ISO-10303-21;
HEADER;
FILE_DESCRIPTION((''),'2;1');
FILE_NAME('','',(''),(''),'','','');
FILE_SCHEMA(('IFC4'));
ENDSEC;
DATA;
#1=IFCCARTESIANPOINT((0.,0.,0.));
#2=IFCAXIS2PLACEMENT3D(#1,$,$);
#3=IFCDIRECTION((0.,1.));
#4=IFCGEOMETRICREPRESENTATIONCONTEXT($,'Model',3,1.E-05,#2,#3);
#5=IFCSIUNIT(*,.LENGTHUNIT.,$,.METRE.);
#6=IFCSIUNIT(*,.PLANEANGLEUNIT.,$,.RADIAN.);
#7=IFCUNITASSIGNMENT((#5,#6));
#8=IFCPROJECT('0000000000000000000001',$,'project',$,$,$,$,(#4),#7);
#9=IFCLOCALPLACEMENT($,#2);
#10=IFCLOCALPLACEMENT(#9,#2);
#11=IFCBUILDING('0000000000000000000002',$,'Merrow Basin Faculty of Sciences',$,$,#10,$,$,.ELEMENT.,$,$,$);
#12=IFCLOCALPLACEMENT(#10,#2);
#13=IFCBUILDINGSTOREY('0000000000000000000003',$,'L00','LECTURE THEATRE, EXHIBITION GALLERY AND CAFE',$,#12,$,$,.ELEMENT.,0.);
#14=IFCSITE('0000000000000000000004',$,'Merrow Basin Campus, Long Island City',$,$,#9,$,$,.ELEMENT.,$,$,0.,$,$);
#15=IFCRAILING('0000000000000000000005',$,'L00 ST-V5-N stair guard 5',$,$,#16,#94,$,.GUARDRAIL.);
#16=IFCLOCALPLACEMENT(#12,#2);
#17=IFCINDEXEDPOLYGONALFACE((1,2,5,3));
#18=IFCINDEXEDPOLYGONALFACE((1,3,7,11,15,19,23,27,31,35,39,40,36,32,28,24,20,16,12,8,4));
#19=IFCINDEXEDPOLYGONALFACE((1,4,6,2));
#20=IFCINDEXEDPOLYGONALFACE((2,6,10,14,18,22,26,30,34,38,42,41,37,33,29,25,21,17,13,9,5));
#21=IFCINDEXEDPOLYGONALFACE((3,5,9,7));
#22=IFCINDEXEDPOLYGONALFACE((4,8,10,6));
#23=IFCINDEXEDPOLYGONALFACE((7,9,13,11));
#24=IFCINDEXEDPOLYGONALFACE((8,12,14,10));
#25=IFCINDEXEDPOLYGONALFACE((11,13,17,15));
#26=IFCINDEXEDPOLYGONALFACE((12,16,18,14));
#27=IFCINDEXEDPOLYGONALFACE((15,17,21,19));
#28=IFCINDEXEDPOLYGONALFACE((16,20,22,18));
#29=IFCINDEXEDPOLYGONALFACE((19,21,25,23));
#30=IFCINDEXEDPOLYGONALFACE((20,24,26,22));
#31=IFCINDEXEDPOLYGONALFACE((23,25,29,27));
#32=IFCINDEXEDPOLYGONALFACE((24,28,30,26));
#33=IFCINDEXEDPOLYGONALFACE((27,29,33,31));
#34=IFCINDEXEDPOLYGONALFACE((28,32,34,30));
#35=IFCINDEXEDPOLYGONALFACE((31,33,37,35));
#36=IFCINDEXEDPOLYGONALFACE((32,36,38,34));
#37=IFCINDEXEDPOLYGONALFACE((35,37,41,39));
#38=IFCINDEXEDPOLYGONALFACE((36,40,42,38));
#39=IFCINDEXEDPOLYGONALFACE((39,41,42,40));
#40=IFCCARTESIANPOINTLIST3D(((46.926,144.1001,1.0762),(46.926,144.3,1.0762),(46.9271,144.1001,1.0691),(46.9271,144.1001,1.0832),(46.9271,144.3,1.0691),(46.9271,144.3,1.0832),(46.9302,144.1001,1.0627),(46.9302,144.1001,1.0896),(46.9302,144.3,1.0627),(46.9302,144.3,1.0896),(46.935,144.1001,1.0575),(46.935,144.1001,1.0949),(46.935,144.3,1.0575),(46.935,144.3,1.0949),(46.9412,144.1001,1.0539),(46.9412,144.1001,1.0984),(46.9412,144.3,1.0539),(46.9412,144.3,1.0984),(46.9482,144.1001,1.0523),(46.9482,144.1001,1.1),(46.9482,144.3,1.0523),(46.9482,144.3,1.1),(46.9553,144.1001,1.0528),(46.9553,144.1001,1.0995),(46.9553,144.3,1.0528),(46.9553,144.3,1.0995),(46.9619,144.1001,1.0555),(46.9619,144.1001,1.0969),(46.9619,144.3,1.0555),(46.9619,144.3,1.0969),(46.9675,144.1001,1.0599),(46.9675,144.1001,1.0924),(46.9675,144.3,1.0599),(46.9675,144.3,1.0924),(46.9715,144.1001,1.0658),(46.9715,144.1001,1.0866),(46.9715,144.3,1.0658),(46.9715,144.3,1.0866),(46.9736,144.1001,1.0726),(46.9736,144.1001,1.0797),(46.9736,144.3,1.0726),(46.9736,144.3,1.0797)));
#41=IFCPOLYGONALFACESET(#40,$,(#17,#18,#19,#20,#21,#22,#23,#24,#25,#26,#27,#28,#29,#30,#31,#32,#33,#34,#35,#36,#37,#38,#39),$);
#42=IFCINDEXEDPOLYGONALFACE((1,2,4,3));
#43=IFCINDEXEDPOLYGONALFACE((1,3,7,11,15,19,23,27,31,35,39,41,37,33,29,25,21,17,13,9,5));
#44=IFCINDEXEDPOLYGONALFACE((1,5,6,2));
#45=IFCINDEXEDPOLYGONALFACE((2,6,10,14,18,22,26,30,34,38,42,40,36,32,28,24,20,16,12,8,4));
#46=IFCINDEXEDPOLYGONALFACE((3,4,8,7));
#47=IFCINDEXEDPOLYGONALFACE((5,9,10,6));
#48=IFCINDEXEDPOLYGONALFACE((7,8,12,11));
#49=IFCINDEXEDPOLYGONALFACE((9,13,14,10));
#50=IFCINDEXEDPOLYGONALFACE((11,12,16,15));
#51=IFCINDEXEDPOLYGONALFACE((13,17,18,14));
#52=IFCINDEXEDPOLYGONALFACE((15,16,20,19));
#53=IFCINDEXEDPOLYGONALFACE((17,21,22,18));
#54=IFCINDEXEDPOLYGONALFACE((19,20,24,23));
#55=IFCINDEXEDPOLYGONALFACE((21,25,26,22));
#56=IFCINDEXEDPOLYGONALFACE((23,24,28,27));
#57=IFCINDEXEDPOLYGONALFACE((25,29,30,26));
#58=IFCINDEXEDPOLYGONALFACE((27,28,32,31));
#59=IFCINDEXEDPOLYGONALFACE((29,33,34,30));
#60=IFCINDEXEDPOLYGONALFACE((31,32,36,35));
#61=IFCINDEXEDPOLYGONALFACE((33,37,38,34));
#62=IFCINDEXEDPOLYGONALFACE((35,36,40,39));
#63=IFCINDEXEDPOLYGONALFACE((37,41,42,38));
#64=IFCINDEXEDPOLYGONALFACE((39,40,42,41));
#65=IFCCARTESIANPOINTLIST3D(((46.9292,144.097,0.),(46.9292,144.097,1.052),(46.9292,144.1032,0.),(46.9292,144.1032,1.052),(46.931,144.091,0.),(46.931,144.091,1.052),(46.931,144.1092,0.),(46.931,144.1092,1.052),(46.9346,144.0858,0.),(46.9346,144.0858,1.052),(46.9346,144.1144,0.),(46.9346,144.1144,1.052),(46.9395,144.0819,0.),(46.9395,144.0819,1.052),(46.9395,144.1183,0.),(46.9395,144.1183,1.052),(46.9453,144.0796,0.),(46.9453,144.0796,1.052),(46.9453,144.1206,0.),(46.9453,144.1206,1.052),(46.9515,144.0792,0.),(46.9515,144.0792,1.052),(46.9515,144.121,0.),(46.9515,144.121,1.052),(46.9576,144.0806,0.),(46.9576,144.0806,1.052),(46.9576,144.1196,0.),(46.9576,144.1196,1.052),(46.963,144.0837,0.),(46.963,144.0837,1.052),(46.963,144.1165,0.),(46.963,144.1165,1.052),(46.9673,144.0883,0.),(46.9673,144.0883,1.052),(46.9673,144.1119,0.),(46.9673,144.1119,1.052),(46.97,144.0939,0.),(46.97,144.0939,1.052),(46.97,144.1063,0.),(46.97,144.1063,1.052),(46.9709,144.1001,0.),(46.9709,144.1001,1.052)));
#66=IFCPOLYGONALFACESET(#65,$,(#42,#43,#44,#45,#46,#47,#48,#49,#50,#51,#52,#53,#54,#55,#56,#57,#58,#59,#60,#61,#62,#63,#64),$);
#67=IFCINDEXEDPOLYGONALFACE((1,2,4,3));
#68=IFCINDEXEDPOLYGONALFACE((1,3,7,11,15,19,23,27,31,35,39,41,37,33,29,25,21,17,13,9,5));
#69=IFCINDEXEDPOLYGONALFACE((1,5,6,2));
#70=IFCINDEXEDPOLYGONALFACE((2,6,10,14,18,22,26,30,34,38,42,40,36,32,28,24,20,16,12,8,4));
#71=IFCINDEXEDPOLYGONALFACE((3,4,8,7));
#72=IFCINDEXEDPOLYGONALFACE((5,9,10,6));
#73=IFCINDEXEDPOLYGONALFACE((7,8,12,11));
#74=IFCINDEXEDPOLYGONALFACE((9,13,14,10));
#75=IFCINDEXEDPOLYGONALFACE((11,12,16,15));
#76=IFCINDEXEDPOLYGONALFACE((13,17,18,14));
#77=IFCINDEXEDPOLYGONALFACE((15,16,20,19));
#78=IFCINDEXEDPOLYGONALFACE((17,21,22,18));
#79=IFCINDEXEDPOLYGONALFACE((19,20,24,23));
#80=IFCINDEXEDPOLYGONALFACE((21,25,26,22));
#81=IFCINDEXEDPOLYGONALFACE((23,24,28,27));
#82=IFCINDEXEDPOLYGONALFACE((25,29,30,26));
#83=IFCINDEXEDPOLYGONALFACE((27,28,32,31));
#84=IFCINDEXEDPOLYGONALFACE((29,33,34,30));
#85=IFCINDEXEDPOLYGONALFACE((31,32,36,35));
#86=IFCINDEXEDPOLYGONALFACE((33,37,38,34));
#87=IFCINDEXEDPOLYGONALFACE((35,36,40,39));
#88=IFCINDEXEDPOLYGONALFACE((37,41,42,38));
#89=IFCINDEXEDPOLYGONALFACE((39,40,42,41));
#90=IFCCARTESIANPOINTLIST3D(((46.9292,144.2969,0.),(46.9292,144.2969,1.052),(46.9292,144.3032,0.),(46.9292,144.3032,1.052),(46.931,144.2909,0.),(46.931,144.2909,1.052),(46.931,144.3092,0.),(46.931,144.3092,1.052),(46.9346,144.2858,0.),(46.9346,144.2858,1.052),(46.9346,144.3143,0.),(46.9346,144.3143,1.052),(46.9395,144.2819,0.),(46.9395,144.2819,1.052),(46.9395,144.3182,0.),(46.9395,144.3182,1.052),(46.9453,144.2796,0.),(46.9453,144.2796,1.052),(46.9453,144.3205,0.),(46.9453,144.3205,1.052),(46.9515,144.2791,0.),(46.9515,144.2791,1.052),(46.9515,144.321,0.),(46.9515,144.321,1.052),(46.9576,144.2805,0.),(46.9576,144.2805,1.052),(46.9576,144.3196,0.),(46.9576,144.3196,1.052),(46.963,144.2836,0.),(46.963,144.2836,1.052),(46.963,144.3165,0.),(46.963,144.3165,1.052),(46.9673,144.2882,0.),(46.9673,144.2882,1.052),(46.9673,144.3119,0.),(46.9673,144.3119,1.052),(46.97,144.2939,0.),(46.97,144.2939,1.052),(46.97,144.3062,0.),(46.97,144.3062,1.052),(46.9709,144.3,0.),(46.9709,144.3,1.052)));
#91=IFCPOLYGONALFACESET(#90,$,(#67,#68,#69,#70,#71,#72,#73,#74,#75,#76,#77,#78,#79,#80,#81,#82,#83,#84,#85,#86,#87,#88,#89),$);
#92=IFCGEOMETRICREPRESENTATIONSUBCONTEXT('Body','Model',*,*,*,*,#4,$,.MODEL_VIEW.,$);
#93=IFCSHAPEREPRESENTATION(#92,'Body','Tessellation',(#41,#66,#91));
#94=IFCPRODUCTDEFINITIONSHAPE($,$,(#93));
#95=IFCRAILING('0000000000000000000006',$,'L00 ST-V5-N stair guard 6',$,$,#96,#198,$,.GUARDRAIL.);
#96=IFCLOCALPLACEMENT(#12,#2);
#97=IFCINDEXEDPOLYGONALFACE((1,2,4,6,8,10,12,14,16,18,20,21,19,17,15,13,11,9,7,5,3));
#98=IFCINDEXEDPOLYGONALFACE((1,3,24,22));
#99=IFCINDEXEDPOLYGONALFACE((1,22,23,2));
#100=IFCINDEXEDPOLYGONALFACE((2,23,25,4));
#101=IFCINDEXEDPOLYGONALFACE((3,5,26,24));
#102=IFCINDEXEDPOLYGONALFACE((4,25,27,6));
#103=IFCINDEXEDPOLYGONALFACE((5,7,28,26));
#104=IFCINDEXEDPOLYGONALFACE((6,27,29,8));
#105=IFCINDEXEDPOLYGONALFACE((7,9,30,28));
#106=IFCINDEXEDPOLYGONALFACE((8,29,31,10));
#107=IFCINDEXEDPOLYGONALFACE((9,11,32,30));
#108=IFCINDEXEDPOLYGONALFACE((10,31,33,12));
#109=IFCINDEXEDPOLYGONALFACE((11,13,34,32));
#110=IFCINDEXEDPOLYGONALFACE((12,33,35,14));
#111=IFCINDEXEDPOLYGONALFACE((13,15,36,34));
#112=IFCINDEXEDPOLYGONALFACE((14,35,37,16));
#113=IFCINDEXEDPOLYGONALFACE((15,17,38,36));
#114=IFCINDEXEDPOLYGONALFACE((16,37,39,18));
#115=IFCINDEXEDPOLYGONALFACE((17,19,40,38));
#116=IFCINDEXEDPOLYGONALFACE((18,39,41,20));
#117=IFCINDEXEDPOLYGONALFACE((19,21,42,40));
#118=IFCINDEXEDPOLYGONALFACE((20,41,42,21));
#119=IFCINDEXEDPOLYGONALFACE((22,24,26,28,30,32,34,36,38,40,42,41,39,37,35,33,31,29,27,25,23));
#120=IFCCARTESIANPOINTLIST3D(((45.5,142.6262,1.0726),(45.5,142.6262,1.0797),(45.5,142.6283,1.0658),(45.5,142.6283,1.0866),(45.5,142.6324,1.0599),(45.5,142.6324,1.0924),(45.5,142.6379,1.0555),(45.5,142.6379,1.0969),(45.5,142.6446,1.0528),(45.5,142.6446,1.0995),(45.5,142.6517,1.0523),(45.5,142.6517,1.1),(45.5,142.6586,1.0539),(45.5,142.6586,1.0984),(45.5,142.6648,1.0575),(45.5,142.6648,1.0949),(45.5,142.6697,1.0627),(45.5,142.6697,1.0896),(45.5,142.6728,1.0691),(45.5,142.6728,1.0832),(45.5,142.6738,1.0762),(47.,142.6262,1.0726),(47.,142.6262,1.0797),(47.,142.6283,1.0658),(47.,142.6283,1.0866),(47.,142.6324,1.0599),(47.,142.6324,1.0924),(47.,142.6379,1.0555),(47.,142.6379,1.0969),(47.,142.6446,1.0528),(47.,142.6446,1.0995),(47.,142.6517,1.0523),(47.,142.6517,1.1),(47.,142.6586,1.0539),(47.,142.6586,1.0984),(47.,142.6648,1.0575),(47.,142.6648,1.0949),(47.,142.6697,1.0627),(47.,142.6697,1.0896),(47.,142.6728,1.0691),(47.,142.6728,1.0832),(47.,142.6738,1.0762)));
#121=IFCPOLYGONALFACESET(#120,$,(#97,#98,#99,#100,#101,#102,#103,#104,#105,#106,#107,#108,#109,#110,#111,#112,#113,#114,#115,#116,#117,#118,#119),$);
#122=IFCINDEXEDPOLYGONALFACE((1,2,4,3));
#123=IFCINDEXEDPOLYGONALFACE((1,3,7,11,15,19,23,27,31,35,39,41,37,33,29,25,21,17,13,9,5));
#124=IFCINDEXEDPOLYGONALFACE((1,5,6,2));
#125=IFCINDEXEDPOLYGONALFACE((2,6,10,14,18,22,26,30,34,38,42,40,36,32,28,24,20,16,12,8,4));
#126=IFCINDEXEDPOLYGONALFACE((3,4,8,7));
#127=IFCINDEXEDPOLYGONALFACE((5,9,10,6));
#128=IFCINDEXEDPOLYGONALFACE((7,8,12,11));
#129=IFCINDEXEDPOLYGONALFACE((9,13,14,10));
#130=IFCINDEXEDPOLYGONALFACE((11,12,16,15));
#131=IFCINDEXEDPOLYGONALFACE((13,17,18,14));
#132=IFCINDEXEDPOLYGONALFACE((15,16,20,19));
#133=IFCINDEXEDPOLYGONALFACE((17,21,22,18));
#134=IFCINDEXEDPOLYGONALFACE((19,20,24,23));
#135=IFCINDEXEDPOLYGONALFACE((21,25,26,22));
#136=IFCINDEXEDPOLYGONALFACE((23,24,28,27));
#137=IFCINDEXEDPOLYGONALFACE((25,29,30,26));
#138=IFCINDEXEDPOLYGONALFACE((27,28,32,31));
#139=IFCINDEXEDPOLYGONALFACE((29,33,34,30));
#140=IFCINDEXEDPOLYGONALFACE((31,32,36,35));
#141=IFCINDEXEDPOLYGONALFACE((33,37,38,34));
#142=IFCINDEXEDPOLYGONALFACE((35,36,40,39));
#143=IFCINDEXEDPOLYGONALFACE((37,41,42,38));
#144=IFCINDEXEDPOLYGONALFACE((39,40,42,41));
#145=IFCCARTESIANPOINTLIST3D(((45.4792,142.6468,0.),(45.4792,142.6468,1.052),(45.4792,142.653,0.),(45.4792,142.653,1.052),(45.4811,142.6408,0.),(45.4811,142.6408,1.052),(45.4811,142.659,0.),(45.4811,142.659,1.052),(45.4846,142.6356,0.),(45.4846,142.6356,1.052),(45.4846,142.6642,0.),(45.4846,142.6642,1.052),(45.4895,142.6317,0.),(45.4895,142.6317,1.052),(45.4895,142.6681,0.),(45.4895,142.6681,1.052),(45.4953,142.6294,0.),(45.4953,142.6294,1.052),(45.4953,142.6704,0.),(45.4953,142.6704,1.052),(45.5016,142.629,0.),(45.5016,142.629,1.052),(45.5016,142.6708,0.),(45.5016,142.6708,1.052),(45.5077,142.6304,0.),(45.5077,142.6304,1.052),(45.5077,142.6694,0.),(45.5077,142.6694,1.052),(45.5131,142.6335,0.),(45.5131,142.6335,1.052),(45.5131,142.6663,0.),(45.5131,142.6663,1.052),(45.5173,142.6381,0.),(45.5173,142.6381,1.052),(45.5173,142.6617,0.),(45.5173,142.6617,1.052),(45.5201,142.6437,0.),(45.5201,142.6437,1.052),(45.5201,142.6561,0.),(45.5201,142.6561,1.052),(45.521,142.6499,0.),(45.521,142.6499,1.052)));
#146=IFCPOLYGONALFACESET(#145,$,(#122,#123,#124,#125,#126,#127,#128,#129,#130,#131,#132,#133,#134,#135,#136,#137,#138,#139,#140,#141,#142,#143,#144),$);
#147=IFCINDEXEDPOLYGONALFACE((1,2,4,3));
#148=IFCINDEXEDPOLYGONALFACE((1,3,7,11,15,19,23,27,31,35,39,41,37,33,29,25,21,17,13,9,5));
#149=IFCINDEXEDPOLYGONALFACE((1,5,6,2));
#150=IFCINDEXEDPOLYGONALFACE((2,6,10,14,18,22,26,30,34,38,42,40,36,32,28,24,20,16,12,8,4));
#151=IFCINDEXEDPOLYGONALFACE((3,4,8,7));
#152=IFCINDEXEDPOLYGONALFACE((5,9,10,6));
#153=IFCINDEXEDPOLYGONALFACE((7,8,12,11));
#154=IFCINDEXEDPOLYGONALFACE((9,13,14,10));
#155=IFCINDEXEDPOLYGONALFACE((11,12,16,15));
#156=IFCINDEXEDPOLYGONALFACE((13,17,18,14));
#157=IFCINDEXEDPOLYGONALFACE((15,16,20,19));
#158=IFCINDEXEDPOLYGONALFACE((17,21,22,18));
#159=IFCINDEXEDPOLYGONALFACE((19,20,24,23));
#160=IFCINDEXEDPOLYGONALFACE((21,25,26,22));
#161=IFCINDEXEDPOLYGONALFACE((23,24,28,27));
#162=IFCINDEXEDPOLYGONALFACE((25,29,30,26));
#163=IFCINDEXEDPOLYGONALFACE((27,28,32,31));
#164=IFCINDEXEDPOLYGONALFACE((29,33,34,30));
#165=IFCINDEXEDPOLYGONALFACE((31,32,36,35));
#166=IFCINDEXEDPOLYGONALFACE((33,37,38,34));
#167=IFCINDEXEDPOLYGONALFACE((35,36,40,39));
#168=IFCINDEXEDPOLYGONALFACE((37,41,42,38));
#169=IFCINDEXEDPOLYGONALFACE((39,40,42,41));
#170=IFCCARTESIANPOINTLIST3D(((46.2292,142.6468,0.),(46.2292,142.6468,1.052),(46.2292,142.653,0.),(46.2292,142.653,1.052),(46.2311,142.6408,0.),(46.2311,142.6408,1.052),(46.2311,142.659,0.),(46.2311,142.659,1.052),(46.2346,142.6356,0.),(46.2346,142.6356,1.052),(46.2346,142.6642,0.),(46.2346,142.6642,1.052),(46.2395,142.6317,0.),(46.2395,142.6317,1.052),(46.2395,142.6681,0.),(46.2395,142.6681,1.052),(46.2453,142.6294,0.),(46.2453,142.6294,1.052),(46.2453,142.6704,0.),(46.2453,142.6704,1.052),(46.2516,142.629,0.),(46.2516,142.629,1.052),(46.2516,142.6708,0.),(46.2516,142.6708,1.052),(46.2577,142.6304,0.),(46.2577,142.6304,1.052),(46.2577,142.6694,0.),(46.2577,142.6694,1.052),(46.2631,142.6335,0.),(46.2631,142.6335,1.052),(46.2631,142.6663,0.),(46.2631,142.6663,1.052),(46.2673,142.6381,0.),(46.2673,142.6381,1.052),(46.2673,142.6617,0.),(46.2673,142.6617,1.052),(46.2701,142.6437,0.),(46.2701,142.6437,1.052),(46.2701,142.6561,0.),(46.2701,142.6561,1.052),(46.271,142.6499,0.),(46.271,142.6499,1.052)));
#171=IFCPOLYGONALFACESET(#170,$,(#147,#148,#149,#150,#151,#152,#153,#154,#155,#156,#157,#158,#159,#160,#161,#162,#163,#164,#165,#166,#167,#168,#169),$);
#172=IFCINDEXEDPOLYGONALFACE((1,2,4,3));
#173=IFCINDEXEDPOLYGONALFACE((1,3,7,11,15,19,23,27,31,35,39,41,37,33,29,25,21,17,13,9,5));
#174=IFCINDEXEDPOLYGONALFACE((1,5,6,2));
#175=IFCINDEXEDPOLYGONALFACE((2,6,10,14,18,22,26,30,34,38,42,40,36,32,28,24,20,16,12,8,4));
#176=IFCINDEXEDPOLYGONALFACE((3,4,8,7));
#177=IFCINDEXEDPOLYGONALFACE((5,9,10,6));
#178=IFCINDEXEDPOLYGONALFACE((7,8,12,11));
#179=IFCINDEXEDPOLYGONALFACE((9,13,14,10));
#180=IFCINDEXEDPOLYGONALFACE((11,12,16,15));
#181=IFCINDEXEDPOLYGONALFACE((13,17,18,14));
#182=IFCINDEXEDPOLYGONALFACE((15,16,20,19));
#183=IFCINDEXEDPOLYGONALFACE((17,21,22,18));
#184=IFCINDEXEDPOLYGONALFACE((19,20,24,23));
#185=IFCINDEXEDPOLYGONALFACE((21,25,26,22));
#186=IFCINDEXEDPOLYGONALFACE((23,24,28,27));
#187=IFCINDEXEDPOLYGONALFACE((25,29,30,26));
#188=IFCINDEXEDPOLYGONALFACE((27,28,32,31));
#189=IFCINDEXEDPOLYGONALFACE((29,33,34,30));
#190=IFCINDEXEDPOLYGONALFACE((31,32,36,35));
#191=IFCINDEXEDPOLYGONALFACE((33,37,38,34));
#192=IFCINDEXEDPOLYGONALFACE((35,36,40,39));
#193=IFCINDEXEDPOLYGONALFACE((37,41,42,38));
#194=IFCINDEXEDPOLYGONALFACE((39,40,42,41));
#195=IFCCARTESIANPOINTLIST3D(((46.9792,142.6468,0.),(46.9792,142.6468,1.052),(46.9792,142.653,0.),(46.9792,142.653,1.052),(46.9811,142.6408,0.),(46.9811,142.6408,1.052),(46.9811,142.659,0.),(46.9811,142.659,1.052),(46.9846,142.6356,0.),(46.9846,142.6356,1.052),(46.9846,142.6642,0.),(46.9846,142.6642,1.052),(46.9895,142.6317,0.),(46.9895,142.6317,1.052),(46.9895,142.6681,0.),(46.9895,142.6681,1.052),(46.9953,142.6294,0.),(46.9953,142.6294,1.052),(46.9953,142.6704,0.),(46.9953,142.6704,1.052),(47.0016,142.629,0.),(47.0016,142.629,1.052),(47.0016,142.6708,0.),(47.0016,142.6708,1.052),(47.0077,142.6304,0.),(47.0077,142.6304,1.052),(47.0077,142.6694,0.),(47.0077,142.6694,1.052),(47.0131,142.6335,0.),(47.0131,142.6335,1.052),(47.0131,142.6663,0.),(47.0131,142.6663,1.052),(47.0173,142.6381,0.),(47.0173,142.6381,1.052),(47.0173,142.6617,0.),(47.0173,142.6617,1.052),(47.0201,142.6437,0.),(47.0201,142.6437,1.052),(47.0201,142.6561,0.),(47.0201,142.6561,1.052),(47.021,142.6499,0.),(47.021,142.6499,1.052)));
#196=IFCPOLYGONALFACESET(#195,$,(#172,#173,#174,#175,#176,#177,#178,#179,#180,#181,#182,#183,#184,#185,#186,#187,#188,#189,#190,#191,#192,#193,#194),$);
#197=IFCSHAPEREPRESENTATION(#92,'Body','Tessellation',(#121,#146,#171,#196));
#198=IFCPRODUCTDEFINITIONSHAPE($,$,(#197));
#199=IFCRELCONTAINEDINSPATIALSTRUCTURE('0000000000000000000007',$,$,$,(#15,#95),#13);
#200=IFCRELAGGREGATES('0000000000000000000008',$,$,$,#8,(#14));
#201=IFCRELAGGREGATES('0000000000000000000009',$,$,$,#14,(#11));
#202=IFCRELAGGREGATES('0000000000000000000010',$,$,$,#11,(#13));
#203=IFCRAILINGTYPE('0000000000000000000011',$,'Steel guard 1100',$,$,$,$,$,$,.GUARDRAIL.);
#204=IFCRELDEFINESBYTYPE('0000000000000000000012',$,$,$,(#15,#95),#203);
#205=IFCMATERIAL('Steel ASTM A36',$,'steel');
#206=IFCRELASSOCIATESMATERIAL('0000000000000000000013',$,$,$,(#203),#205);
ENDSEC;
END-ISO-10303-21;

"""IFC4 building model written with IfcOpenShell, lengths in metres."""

from ifc_helpers import new_model, si_unit, direction, frame, origin, origin_2d, place, context, subcontext, project, spatial, circle, extrude, material, type_object, element, save


model = new_model("IFC4")

# Units and contexts
model_context = context("Model", 3, precision=1e-05, world=origin(), true_north=direction((0.0, 1.0)))
body_context = subcontext(model_context, "Body", "Model", "MODEL_VIEW")
ifc_project = project(units=[si_unit("LENGTHUNIT", "METRE"), si_unit("PLANEANGLEUNIT", "RADIAN")], contexts=[model_context])

# Site, building, storey
site_placement = place(None, origin())
site = spatial("IfcSite", under=ifc_project, at=site_placement, Name="Merrow Basin Campus, Long Island City", CompositionType="ELEMENT", RefElevation=0.0)
building_placement = place(site_placement, origin())
building = spatial("IfcBuilding", under=site, at=building_placement, Name="Merrow Basin Faculty of Sciences", CompositionType="ELEMENT")
storey_placement = place(building_placement, origin())
storey = spatial("IfcBuildingStorey", under=building, at=storey_placement, Name="L00", Description="LECTURE THEATRE, EXHIBITION GALLERY AND CAFE", CompositionType="ELEMENT", Elevation=0.0)

# Railings
ifc_material_1 = material(Name="Steel ASTM A36", Category="steel")
railing_type_1 = type_object("IfcRailingType", Name="Steel guard 1100", PredefinedType="GUARDRAIL", material=ifc_material_1)
railing_1_placement = place(storey_placement, frame((46.95, 144.1001, 0.0)))
element("IfcRailing", 1, at=railing_1_placement, inside=storey, type_object=railing_type_1, Name="L00 ST-V5-N stair guard 5", PredefinedType="GUARDRAIL", context=body_context, shape_type="SweptSolid", body=[
    extrude(circle(Radius=0.0239, at=origin_2d()), frame((0.0, 0.0, 1.0762), z_axis=(0.0, 1.0, 0.0), x_axis=(-1.0, 0.0, 0.0)), (0.0, 0.0, 1.0), 0.2),
    extrude(circle(Radius=0.021, at=origin_2d()), origin(), (0.0, 0.0, 1.0), 1.052),
    extrude(circle(Radius=0.021, at=origin_2d()), frame((0.0, 0.2, 0.0)), (0.0, 0.0, 1.0), 1.052),
])
railing_2_placement = place(storey_placement, frame((45.5, 142.6499, 0.0)))
element("IfcRailing", 2, at=railing_2_placement, inside=storey, type_object=railing_type_1, Name="L00 ST-V5-N stair guard 6", PredefinedType="GUARDRAIL", context=body_context, shape_type="SweptSolid", body=[
    extrude(circle(Radius=0.0239, at=origin_2d()), frame((0.0, 0.0, 1.0762), z_axis=(1.0, 0.0, 0.0), x_axis=(0.0, 1.0, 0.0)), (0.0, 0.0, 1.0), 1.5),
    extrude(circle(Radius=0.021, at=origin_2d()), origin(), (0.0, 0.0, 1.0), 1.052),
    extrude(circle(Radius=0.021, at=origin_2d()), frame((0.75, 0.0, 0.0)), (0.0, 0.0, 1.0), 1.052),
    extrude(circle(Radius=0.021, at=origin_2d()), frame((1.5, 0.0, 0.0)), (0.0, 0.0, 1.0), 1.052),
])

save(model, "model.ifc")
